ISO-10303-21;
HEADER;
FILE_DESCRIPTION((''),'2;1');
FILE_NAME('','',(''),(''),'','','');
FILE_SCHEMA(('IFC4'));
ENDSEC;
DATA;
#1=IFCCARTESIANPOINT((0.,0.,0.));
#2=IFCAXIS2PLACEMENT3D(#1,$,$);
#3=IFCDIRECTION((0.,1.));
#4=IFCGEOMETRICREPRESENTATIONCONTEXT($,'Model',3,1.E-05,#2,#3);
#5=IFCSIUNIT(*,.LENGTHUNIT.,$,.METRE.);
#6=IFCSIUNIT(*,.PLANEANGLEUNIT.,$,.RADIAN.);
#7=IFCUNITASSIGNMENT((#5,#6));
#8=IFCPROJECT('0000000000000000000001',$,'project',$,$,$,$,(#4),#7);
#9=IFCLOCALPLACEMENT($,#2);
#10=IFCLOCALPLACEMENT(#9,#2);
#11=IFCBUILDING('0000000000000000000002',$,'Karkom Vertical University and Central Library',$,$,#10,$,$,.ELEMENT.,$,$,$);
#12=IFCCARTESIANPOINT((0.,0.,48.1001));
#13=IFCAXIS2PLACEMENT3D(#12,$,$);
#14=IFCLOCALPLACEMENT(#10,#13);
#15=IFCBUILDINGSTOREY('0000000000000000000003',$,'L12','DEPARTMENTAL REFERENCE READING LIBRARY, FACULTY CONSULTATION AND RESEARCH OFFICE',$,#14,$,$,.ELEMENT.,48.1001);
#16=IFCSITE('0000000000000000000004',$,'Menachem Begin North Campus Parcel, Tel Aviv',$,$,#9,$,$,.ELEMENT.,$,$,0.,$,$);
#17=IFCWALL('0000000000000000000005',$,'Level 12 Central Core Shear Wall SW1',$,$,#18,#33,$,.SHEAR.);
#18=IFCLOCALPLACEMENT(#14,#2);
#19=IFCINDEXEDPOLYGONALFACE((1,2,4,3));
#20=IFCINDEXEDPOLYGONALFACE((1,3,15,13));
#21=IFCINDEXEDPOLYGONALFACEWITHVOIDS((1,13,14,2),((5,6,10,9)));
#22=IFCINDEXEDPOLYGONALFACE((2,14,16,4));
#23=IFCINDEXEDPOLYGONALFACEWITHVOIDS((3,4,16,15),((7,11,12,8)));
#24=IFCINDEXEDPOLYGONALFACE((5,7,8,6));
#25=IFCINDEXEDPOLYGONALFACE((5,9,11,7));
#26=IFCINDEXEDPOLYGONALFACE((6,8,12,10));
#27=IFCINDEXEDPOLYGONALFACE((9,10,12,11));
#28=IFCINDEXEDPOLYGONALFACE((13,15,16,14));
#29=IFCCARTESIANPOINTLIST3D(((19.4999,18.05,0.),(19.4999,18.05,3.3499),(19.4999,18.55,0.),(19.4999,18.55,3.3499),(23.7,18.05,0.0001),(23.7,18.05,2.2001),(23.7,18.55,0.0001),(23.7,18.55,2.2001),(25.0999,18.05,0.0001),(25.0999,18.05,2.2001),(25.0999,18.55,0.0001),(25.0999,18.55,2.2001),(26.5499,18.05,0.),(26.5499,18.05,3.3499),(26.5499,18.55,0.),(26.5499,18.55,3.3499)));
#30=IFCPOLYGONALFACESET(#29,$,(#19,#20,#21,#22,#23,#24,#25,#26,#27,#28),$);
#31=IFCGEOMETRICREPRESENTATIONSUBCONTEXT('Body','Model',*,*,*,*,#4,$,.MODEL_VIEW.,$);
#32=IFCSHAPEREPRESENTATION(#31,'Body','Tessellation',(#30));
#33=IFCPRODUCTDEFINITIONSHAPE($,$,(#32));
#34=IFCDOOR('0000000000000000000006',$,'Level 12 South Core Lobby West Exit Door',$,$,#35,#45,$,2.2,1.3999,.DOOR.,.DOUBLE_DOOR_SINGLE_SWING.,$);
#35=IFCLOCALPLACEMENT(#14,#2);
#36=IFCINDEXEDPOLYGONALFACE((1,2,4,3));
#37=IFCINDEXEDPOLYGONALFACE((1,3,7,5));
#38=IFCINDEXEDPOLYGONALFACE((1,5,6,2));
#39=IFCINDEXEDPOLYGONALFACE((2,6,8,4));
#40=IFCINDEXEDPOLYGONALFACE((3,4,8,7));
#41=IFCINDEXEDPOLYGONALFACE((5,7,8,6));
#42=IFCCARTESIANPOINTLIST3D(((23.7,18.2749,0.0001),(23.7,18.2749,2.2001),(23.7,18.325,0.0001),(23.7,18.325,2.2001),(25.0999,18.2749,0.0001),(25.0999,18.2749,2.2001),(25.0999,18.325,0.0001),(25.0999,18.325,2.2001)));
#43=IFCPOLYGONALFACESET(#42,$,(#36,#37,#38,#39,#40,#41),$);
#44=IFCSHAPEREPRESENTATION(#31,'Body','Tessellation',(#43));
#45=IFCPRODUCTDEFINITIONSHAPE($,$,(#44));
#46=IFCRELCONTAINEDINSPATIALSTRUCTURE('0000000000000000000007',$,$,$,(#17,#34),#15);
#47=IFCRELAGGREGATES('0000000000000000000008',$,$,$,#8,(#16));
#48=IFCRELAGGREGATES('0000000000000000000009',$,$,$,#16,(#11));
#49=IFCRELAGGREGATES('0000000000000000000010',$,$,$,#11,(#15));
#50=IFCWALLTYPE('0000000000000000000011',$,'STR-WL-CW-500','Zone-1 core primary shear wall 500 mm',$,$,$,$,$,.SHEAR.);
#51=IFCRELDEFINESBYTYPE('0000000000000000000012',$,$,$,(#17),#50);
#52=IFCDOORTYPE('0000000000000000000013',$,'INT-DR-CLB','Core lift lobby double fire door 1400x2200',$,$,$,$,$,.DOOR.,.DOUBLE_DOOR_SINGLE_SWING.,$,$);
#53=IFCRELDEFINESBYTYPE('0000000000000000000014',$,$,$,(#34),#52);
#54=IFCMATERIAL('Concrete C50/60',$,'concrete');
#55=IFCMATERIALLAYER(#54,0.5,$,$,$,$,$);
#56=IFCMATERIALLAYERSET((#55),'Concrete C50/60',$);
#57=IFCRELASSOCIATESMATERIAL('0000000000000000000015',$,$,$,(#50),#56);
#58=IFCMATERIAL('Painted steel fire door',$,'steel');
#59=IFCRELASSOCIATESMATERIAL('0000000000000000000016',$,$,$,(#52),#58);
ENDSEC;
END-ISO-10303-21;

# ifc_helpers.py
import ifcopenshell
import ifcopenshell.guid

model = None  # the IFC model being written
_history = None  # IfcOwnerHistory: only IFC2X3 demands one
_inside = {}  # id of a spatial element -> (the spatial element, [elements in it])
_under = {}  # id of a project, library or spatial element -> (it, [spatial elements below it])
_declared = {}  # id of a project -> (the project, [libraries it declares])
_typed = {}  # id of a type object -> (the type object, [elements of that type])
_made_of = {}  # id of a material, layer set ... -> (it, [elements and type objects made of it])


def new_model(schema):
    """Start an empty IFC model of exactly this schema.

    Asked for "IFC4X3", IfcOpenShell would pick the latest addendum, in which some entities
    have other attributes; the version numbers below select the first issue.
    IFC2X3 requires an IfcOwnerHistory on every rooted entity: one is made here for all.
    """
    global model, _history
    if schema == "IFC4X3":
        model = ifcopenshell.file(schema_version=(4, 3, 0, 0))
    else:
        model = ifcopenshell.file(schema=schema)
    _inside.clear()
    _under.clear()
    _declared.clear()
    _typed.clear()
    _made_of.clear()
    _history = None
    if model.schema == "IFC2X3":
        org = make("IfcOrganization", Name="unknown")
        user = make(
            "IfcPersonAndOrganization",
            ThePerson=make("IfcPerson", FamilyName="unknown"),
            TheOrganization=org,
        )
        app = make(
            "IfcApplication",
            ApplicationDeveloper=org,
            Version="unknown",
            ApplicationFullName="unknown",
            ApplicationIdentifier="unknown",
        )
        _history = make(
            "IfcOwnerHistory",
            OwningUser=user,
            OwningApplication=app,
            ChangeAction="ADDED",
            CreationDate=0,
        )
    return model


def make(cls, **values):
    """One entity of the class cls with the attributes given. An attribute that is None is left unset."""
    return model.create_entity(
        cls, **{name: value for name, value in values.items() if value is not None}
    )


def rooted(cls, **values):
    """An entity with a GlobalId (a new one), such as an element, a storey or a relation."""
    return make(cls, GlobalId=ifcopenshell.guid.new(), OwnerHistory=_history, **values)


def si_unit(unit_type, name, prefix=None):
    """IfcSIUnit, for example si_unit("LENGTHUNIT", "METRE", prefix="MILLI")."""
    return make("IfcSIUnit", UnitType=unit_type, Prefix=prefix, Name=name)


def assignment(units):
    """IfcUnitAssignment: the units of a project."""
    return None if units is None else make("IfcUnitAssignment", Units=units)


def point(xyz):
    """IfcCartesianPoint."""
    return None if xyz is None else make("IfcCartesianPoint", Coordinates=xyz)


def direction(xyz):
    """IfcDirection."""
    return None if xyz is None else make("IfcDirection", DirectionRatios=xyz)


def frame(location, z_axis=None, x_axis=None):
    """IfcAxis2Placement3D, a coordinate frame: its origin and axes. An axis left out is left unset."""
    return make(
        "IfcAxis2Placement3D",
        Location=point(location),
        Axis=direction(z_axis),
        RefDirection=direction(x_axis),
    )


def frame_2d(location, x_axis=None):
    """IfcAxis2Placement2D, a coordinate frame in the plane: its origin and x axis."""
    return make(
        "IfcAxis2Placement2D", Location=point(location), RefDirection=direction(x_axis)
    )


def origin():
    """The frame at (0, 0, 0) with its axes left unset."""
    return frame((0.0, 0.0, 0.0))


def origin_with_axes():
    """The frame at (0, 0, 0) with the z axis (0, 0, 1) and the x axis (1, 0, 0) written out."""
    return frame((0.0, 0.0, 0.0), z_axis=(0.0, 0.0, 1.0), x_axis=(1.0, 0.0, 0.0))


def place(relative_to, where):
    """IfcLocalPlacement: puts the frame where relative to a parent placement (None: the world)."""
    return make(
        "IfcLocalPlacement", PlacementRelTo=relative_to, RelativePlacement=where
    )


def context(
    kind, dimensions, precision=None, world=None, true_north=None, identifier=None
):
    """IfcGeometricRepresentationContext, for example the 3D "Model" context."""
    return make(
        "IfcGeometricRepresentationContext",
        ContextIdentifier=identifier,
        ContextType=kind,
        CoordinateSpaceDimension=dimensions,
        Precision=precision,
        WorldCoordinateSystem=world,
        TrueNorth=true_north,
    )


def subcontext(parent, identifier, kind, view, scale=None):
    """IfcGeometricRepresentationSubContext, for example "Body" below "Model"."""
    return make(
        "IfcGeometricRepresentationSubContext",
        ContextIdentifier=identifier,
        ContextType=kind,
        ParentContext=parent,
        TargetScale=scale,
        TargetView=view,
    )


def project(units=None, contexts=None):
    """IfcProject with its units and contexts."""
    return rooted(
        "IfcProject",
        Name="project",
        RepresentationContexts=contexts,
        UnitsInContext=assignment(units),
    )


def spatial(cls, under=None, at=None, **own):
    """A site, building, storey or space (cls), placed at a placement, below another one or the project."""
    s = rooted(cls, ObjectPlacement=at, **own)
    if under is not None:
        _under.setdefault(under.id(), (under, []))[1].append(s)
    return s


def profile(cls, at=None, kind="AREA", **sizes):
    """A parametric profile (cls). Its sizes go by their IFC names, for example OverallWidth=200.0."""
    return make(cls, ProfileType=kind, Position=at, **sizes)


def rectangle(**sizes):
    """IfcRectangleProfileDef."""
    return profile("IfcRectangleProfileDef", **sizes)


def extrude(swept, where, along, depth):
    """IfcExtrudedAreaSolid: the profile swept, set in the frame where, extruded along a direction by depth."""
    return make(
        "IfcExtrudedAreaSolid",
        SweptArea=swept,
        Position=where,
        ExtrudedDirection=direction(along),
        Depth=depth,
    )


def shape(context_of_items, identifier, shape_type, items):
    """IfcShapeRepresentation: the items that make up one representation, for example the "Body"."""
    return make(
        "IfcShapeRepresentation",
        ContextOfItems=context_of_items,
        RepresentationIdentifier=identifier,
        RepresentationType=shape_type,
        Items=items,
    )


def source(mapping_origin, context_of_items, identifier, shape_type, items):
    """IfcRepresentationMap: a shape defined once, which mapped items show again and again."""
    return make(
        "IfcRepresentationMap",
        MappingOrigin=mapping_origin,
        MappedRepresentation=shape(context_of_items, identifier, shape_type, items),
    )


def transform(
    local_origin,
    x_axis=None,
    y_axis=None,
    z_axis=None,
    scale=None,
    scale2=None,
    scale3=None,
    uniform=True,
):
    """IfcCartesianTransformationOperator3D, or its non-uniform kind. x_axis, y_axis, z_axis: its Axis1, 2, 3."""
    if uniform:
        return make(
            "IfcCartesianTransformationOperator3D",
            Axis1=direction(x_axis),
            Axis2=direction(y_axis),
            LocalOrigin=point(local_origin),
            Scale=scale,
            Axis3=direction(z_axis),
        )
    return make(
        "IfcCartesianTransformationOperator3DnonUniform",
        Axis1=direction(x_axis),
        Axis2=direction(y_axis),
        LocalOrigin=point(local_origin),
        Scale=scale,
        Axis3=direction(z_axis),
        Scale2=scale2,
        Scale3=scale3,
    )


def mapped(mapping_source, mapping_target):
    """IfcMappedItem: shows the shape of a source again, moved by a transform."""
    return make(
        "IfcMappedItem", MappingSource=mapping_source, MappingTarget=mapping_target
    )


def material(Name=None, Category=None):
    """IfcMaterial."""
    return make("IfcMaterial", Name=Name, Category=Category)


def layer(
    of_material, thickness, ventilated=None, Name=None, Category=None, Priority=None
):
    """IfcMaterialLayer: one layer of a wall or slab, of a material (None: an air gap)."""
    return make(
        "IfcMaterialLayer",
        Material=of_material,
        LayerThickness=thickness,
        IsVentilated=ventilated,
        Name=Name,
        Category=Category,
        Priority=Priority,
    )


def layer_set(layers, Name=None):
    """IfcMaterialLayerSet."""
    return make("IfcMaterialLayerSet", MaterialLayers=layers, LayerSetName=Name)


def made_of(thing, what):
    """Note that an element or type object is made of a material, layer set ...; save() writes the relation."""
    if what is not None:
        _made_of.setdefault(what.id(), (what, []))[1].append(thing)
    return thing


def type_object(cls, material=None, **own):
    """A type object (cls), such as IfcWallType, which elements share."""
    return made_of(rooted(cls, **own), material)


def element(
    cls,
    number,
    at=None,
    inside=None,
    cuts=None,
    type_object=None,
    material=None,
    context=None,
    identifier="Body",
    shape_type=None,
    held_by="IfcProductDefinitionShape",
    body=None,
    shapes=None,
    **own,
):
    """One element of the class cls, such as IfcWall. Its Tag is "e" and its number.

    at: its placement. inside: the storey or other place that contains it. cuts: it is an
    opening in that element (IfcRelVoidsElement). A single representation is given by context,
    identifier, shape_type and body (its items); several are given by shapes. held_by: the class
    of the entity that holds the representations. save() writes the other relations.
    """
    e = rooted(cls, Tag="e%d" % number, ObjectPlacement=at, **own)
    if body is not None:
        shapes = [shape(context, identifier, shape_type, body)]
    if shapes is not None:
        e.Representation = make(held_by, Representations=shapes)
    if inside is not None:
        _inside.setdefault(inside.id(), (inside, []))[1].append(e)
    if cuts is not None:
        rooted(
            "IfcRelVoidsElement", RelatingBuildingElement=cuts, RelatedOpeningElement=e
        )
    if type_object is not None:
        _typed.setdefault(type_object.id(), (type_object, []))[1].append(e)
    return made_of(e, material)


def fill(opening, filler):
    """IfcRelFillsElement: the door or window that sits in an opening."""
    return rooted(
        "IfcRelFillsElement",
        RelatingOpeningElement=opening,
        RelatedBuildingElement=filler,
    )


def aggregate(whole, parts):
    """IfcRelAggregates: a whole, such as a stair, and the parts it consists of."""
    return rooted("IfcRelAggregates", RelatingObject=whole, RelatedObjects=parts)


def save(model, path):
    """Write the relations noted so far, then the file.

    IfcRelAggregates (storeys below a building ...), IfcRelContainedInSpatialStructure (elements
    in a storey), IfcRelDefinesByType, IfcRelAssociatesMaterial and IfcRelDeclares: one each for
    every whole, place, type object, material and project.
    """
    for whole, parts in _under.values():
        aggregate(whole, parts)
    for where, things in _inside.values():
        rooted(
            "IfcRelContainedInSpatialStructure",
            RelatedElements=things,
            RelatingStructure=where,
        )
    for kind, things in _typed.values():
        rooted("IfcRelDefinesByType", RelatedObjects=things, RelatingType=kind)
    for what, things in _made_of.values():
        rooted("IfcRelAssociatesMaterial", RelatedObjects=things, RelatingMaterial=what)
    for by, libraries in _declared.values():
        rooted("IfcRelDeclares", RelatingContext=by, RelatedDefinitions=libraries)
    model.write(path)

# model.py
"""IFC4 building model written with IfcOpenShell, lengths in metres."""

from ifc_helpers import new_model, si_unit, direction, frame, frame_2d, origin, origin_with_axes, place, context, subcontext, project, spatial, rectangle, extrude, source, transform, mapped, material, layer, layer_set, type_object, element, fill, save


model = new_model("IFC4")

# Units and contexts
model_context = context("Model", 3, precision=1e-05, world=origin(), true_north=direction((0.0, 1.0)))
body_context = subcontext(model_context, "Body", "Model", "MODEL_VIEW")
ifc_project = project(units=[si_unit("LENGTHUNIT", "METRE"), si_unit("PLANEANGLEUNIT", "RADIAN")], contexts=[model_context])

# Site, building, storey
site_placement = place(None, origin())
site = spatial("IfcSite", under=ifc_project, at=site_placement, Name="Menachem Begin North Campus Parcel, Tel Aviv", CompositionType="ELEMENT", RefElevation=0.0)
building_placement = place(site_placement, origin())
building = spatial("IfcBuilding", under=site, at=building_placement, Name="Karkom Vertical University and Central Library", CompositionType="ELEMENT")
storey_placement = place(building_placement, frame((0.0, 0.0, 48.1001)))
storey = spatial("IfcBuildingStorey", under=building, at=storey_placement, Name="L12", Description="DEPARTMENTAL REFERENCE READING LIBRARY, FACULTY CONSULTATION AND RESEARCH OFFICE", CompositionType="ELEMENT", Elevation=48.1001)

# Shared definitions
ifc_material_1 = material(Name="Concrete C50/60", Category="concrete")

# Wall, opening, door
ifc_layer_1 = layer(ifc_material_1, 0.5)
ifc_layer_set_1 = layer_set([ifc_layer_1], Name="Concrete C50/60")
wall_type_1 = type_object("IfcWallType", Name="STR-WL-CW-500", Description="Zone-1 core primary shear wall 500 mm", PredefinedType="SHEAR", material=ifc_layer_set_1)
wall_1_placement = place(storey_placement, frame((19.5, 18.3, 0.0), z_axis=(0.0, 0.0, 1.0), x_axis=(1.0, 0.0, 0.0)))
wall_1 = element("IfcWall", 1, at=wall_1_placement, inside=storey, type_object=wall_type_1, Name="Level 12 Central Core Shear Wall SW1", PredefinedType="SHEAR", context=body_context, shape_type="SweptSolid", body=[
    extrude(rectangle(XDim=7.05, YDim=0.5, at=frame_2d((3.5249, 0.0))), origin(), (0.0, 0.0, 1.0), 3.3499),
])
opening_1_placement = place(wall_1_placement, frame((4.2, 0.0, 0.0)))
opening_1 = element("IfcOpeningElement", 2, at=opening_1_placement, cuts=wall_1, PredefinedType="OPENING", context=body_context, shape_type="SweptSolid", body=[
    extrude(rectangle(XDim=1.3999, YDim=2.2, at=frame_2d((0.7, 1.1001))), frame((0.0, 0.26, 0.0), z_axis=(0.0, -1.0, 0.0), x_axis=(1.0, 0.0, 0.0)), (0.0, 0.0, 1.0), 0.52),
])
ifc_material_2 = material(Name="Painted steel fire door", Category="steel")
door_type = type_object("IfcDoorType", Name="INT-DR-CLB", Description="Core lift lobby double fire door 1400x2200", OperationType="DOUBLE_DOOR_SINGLE_SWING", PredefinedType="DOOR", material=ifc_material_2)
shared_shape_1 = source(origin_with_axes(), body_context, "Body", "SweptSolid", [
    extrude(rectangle(XDim=1.3999, YDim=2.2, at=frame_2d((0.7, 1.1001))), frame((0.0, 0.0249, 0.0), z_axis=(0.0, -1.0, 0.0), x_axis=(1.0, 0.0, 0.0)), (0.0, 0.0, 1.0), 0.05),
])
door_placement = place(opening_1_placement, origin())
door = element("IfcDoor", 3, at=door_placement, inside=storey, type_object=door_type, Name="Level 12 South Core Lobby West Exit Door", OperationType="DOUBLE_DOOR_SINGLE_SWING", OverallHeight=2.2, OverallWidth=1.3999, PredefinedType="DOOR", context=body_context, shape_type="MappedRepresentation", body=[
    mapped(shared_shape_1, transform((0.0, 0.0, 0.0), scale=1.0)),
])
fill(opening_1, door)

save(model, "model.ifc")
